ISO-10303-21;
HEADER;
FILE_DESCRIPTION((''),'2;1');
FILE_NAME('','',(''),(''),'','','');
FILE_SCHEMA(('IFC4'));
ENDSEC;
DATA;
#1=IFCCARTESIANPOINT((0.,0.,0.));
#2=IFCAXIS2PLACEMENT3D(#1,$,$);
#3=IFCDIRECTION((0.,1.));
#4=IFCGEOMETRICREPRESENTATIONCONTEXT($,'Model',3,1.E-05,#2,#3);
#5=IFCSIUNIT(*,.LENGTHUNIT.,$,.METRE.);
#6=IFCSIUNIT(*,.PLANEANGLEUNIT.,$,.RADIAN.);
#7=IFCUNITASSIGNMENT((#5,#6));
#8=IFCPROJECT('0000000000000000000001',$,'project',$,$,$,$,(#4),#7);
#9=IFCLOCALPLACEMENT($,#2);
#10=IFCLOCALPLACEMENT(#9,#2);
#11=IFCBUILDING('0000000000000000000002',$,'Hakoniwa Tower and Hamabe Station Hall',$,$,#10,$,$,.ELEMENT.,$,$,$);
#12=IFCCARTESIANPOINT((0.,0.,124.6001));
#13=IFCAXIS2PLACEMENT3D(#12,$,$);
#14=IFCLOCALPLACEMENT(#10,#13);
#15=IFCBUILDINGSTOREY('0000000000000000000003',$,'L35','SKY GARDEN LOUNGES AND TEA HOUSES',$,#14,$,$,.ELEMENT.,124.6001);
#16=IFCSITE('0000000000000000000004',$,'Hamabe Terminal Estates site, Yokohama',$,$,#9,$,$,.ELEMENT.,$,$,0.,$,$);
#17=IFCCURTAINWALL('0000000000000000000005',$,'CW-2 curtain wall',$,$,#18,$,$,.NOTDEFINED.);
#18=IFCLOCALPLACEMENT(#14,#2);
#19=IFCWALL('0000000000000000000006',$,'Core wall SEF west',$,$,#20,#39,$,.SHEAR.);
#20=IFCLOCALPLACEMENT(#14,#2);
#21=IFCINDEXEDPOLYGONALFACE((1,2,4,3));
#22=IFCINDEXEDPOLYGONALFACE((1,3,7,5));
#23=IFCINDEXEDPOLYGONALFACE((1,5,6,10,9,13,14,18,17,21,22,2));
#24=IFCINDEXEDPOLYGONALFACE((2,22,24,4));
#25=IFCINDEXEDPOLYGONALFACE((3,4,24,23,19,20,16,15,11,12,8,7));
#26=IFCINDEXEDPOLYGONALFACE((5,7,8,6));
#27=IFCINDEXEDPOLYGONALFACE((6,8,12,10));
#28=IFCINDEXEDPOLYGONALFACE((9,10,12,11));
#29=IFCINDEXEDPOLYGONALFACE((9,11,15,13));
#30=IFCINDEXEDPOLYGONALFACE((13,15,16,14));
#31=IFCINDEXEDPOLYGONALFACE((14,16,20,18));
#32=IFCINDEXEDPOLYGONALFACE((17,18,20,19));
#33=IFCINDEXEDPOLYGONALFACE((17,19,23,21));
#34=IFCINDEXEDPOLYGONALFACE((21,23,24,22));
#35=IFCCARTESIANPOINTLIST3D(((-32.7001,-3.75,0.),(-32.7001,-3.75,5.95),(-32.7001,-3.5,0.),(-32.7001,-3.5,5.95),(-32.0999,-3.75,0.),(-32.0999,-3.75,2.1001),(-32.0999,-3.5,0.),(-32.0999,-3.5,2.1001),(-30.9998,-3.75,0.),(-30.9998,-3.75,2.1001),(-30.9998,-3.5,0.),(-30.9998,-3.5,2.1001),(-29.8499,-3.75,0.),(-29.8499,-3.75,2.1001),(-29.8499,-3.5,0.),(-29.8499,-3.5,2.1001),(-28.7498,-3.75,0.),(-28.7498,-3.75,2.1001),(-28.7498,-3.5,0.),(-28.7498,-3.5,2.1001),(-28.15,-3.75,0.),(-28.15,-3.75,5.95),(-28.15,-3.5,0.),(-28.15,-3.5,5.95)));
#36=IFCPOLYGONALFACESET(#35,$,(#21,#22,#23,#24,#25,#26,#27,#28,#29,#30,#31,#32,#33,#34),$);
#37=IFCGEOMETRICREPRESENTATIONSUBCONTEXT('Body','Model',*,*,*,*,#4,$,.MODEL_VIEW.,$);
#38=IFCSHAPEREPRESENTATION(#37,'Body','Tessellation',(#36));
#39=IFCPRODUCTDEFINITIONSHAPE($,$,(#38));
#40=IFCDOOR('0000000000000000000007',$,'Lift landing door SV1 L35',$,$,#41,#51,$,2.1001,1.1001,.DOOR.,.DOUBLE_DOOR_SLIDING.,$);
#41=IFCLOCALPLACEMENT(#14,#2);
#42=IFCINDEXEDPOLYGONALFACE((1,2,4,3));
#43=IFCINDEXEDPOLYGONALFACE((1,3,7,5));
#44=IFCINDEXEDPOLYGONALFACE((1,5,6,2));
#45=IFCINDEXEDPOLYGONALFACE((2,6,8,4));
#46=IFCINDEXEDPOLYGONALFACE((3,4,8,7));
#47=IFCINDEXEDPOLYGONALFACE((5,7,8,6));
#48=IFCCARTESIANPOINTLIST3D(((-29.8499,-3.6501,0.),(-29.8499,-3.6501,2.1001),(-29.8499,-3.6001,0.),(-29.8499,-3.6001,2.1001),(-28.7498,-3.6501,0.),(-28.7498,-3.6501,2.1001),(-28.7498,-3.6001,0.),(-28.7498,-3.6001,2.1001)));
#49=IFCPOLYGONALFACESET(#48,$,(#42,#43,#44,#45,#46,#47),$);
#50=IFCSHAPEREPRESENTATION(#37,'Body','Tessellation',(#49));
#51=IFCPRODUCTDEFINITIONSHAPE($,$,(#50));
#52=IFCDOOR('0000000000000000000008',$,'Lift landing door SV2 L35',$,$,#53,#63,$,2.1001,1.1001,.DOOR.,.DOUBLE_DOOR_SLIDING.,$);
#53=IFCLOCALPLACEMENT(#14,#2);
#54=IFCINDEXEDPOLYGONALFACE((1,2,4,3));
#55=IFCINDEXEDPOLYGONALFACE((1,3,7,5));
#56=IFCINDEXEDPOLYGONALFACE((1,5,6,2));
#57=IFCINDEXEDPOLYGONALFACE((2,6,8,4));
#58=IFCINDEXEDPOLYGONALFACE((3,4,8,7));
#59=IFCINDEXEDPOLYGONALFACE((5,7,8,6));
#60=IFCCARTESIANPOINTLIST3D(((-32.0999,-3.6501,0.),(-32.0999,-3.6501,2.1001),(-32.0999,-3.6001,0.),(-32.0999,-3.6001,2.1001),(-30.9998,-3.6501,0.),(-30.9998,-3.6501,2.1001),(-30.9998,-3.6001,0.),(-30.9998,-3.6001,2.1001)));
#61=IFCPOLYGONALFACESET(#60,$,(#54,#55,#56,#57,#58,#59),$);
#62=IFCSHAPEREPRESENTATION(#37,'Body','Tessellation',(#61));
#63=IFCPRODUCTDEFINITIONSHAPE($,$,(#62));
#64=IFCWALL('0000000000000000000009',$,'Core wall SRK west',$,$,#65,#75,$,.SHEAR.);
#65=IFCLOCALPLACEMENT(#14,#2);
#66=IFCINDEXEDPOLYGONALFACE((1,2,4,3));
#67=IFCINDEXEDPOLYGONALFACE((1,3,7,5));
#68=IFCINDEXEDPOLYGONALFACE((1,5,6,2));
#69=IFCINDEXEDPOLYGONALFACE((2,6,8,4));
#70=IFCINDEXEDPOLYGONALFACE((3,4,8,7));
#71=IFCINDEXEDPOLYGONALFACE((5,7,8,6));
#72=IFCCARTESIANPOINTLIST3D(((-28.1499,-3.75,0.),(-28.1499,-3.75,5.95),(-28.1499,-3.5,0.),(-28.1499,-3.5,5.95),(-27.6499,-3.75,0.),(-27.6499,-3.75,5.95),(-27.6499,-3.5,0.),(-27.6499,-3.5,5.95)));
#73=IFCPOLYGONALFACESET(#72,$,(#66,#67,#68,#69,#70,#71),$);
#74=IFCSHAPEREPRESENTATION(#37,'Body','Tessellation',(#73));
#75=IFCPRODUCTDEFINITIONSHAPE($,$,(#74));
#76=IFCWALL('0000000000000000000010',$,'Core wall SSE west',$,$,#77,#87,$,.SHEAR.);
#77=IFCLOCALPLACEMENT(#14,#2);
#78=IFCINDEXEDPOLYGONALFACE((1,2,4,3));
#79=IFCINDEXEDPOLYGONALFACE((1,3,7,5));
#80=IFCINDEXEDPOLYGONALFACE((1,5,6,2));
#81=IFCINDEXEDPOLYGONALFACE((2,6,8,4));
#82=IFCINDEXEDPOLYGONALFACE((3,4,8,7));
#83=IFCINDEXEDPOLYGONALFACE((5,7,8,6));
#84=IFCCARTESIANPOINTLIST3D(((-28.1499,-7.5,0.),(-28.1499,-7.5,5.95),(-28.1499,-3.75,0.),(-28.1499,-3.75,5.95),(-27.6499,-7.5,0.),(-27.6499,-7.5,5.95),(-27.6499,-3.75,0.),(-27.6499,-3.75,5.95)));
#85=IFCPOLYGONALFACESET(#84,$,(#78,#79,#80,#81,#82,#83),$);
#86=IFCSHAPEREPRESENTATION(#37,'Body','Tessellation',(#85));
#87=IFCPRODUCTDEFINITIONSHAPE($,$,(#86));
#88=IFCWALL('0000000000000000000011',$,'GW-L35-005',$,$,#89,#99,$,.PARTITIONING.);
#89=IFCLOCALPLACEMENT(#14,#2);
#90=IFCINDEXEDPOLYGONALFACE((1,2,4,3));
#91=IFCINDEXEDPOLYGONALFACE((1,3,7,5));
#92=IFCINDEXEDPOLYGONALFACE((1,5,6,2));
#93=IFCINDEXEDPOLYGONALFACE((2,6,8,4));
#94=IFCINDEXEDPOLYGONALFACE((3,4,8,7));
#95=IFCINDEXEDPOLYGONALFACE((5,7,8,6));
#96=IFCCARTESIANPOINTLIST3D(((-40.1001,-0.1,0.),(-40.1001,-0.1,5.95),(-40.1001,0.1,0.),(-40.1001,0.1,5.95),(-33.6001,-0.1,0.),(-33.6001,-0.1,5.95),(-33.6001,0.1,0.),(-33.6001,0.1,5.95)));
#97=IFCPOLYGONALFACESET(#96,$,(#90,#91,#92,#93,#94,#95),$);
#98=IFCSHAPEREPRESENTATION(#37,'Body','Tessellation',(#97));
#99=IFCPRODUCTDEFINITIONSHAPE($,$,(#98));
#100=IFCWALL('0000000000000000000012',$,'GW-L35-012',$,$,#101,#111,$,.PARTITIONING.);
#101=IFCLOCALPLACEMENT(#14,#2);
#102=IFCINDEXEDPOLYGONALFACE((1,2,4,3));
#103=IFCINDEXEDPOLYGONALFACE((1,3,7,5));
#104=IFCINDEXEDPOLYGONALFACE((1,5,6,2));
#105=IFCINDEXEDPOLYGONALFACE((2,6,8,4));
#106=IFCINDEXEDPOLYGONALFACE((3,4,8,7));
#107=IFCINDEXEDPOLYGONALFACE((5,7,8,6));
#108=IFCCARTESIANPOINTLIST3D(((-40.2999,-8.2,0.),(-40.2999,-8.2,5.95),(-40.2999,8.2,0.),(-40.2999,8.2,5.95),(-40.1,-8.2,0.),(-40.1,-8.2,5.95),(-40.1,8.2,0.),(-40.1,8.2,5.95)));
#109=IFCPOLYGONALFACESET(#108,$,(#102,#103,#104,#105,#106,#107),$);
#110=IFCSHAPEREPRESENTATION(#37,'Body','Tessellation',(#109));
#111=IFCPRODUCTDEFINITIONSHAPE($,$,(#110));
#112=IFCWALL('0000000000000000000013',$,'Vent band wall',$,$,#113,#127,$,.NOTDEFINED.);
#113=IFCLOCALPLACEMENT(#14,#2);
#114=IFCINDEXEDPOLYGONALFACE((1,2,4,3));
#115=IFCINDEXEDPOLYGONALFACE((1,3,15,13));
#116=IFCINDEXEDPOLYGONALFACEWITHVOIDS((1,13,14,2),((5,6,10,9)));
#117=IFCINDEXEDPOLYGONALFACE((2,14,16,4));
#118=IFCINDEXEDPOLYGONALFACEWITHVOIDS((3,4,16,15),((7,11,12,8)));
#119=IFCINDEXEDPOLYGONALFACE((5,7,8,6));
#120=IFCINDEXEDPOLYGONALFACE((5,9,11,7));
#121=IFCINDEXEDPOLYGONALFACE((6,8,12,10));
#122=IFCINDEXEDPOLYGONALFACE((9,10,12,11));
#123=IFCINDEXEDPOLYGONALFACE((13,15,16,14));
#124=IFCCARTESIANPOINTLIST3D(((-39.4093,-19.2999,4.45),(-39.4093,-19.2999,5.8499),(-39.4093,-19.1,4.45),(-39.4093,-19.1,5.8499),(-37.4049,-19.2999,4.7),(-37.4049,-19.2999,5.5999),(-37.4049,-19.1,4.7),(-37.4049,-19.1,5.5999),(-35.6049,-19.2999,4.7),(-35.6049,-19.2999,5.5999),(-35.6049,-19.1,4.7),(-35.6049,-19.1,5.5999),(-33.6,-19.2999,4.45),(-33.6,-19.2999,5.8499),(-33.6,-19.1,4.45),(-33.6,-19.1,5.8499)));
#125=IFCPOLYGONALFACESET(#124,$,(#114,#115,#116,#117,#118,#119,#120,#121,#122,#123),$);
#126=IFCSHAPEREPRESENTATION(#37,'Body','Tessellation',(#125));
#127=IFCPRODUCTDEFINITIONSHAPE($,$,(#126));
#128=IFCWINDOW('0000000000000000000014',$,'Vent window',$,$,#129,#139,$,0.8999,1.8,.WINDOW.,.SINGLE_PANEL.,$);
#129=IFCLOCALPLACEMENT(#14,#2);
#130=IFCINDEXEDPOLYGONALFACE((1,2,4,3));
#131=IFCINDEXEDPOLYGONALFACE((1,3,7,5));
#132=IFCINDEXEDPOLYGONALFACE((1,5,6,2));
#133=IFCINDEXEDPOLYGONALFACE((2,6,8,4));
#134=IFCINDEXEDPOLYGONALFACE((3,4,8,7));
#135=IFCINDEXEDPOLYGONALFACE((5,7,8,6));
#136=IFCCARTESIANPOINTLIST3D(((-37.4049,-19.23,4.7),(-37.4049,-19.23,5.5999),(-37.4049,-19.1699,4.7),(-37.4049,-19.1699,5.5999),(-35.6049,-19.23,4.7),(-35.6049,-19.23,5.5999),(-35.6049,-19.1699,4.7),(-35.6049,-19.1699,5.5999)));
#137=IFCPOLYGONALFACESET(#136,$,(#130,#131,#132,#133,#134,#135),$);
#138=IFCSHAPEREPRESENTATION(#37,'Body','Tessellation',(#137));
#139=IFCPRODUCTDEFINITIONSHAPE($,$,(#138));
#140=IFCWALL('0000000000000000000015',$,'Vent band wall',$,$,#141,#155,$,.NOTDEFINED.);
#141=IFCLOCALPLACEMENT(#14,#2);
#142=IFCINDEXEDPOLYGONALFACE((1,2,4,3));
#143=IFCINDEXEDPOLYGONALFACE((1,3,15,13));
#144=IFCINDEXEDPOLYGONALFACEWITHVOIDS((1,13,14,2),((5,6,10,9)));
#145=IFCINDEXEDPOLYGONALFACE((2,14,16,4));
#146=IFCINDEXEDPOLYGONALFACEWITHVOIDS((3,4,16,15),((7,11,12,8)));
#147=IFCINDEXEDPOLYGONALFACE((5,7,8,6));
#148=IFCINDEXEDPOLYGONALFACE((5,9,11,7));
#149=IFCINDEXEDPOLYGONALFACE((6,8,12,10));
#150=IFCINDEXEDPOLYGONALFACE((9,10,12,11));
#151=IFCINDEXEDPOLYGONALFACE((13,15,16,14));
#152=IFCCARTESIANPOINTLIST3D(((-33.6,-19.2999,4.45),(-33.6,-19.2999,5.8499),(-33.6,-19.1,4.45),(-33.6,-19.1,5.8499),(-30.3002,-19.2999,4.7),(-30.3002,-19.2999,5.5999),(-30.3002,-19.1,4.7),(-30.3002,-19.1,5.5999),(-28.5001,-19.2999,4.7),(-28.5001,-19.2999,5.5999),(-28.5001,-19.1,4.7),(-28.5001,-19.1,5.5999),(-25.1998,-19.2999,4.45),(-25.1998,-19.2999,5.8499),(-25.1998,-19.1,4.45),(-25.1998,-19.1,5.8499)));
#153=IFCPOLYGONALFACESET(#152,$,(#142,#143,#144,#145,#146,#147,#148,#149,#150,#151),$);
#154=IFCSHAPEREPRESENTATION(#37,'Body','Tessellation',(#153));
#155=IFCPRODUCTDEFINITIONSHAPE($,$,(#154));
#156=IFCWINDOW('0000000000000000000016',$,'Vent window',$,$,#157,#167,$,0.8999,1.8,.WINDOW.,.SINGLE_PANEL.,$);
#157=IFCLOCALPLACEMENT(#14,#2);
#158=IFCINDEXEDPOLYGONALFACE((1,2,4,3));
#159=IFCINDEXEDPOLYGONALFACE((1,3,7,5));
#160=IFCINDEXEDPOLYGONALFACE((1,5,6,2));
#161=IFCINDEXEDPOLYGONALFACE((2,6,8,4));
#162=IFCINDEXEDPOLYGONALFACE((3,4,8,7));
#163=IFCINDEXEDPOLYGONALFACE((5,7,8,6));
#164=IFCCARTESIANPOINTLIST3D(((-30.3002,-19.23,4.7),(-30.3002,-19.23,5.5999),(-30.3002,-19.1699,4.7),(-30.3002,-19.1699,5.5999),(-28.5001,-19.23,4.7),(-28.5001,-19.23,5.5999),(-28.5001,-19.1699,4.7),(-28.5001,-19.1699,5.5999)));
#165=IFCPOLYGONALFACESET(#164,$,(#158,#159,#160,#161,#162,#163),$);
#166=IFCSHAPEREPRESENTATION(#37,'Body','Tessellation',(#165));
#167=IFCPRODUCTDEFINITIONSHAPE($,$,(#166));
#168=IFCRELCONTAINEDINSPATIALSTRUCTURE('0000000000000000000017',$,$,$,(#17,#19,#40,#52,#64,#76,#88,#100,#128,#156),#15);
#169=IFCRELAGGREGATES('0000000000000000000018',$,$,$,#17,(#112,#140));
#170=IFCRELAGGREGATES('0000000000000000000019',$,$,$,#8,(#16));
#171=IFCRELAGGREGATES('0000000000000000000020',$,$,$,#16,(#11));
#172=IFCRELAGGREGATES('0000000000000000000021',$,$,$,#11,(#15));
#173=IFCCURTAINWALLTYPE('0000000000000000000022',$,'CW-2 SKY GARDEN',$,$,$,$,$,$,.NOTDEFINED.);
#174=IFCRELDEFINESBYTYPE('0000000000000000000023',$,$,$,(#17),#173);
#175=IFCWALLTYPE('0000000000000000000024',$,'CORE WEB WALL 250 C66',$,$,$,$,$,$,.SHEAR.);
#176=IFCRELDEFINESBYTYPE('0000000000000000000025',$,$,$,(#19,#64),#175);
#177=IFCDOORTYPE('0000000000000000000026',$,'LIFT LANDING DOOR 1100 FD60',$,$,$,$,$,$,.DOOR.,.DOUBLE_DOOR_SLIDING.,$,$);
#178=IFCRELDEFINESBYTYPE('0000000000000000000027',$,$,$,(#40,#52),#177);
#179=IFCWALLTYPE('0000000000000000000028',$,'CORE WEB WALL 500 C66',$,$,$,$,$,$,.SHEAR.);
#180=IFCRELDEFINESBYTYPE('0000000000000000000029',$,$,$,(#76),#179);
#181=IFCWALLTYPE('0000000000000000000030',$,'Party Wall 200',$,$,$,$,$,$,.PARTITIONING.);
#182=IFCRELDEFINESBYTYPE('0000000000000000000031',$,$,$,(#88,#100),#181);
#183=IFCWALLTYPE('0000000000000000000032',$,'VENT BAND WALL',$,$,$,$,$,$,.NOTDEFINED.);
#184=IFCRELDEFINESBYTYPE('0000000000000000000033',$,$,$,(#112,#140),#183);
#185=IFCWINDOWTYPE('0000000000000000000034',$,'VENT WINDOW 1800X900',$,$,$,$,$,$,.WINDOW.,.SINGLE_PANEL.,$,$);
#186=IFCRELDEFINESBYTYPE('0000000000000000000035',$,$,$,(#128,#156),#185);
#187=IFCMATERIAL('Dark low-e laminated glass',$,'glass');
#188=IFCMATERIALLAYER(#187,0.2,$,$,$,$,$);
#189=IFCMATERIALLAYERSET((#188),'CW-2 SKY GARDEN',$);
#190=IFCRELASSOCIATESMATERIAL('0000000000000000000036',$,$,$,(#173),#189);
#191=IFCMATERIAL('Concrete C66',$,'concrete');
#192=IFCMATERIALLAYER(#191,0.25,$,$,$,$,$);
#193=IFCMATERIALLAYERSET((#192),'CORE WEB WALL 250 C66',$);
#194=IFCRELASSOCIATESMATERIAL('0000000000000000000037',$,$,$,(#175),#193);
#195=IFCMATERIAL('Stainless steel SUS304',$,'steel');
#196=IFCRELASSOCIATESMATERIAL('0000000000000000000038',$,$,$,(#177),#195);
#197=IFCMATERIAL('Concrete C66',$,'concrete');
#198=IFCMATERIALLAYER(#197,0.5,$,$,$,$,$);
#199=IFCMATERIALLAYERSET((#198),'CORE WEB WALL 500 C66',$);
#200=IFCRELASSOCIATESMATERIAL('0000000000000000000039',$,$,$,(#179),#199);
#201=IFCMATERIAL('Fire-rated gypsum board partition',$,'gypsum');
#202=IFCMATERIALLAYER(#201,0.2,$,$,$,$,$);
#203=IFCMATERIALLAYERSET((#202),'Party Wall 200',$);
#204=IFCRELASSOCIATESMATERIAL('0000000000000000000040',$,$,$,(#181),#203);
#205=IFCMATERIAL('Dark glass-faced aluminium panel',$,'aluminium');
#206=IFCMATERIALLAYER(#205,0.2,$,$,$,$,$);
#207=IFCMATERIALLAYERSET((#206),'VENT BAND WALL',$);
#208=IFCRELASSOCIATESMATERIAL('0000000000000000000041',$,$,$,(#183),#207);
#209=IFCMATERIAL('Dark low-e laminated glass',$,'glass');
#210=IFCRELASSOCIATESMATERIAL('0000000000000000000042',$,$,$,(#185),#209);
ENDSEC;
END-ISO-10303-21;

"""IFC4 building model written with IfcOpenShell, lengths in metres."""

from ifc_helpers import new_model, si_unit, direction, frame, frame_2d, origin, place, context, subcontext, project, spatial, rectangle, extrude, material, layer, layer_set, type_object, element, fill, aggregate, save


model = new_model("IFC4")

# Units and contexts
model_context = context("Model", 3, precision=1e-05, world=origin(), true_north=direction((0.0, 1.0)))
body_context = subcontext(model_context, "Body", "Model", "MODEL_VIEW")
ifc_project = project(units=[si_unit("LENGTHUNIT", "METRE"), si_unit("PLANEANGLEUNIT", "RADIAN")], contexts=[model_context])

# Site, building, storey
site_placement = place(None, origin())
site = spatial("IfcSite", under=ifc_project, at=site_placement, Name="Hamabe Terminal Estates site, Yokohama", CompositionType="ELEMENT", RefElevation=0.0)
building_placement = place(site_placement, origin())
building = spatial("IfcBuilding", under=site, at=building_placement, Name="Hakoniwa Tower and Hamabe Station Hall", CompositionType="ELEMENT")
storey_placement = place(building_placement, frame((0.0, 0.0, 124.6001)))
storey = spatial("IfcBuildingStorey", under=building, at=storey_placement, Name="L35", Description="SKY GARDEN LOUNGES AND TEA HOUSES", CompositionType="ELEMENT", Elevation=124.6001)

# Curtain wall
ifc_material_1 = material(Name="Dark low-e laminated glass", Category="glass")
ifc_layer_1 = layer(ifc_material_1, 0.2)
ifc_layer_set_1 = layer_set([ifc_layer_1], Name="CW-2 SKY GARDEN")
curtain_wall_type = type_object("IfcCurtainWallType", Name="CW-2 SKY GARDEN", PredefinedType="NOTDEFINED", material=ifc_layer_set_1)
curtain_wall_placement = place(storey_placement, origin())
curtain_wall = element("IfcCurtainWall", 1, at=curtain_wall_placement, inside=storey, type_object=curtain_wall_type, Name="CW-2 curtain wall", PredefinedType="NOTDEFINED")

# Shared definitions
ifc_material_2 = material(Name="Concrete C66", Category="concrete")
ifc_layer_2 = layer(ifc_material_2, 0.25)
ifc_layer_set_2 = layer_set([ifc_layer_2], Name="CORE WEB WALL 250 C66")
wall_type_1 = type_object("IfcWallType", Name="CORE WEB WALL 250 C66", PredefinedType="SHEAR", material=ifc_layer_set_2)
ifc_material_3 = material(Name="Stainless steel SUS304", Category="steel")
door_type_1 = type_object("IfcDoorType", Name="LIFT LANDING DOOR 1100 FD60", OperationType="DOUBLE_DOOR_SLIDING", PredefinedType="DOOR", material=ifc_material_3)

# Wall, openings, doors
wall_1_placement = place(storey_placement, frame((-32.7, -3.625, 0.0), z_axis=(0.0, 0.0, 1.0), x_axis=(1.0, 0.0, 0.0)))
wall_1 = element("IfcWall", 2, at=wall_1_placement, inside=storey, type_object=wall_type_1, Name="Core wall SEF west", PredefinedType="SHEAR", context=body_context, shape_type="SweptSolid", body=[
    extrude(rectangle(XDim=4.55, YDim=0.25, at=frame_2d((2.2749, 0.0))), origin(), (0.0, 0.0, 1.0), 5.95),
])
opening_1_placement = place(wall_1_placement, frame((2.8501, 0.0, 0.0)))
opening_1 = element("IfcOpeningElement", 3, at=opening_1_placement, cuts=wall_1, PredefinedType="OPENING", context=body_context, shape_type="SweptSolid", body=[
    extrude(rectangle(XDim=1.1001, YDim=2.1001, at=frame_2d((0.55, 1.05))), frame((0.0, 0.135, 0.0), z_axis=(0.0, -1.0, 0.0), x_axis=(1.0, 0.0, 0.0)), (0.0, 0.0, 1.0), 0.27),
])
opening_2_placement = place(wall_1_placement, frame((0.6001, 0.0, 0.0)))
opening_2 = element("IfcOpeningElement", 4, at=opening_2_placement, cuts=wall_1, PredefinedType="OPENING", context=body_context, shape_type="SweptSolid", body=[
    extrude(rectangle(XDim=1.1001, YDim=2.1001, at=frame_2d((0.55, 1.05))), frame((0.0, 0.135, 0.0), z_axis=(0.0, -1.0, 0.0), x_axis=(1.0, 0.0, 0.0)), (0.0, 0.0, 1.0), 0.27),
])
door_1_placement = place(opening_1_placement, origin())
door_1 = element("IfcDoor", 5, at=door_1_placement, inside=storey, type_object=door_type_1, Name="Lift landing door SV1 L35", OperationType="DOUBLE_DOOR_SLIDING", OverallHeight=2.1001, OverallWidth=1.1001, PredefinedType="DOOR", context=body_context, shape_type="SweptSolid", body=[
    extrude(rectangle(XDim=1.1001, YDim=2.1001, at=frame_2d((0.55, 1.05))), frame((0.0, 0.0249, 0.0), z_axis=(0.0, -1.0, 0.0), x_axis=(1.0, 0.0, 0.0)), (0.0, 0.0, 1.0), 0.05),
])
fill(opening_1, door_1)
door_2_placement = place(opening_2_placement, origin())
door_2 = element("IfcDoor", 6, at=door_2_placement, inside=storey, type_object=door_type_1, Name="Lift landing door SV2 L35", OperationType="DOUBLE_DOOR_SLIDING", OverallHeight=2.1001, OverallWidth=1.1001, PredefinedType="DOOR", context=body_context, shape_type="SweptSolid", body=[
    extrude(rectangle(XDim=1.1001, YDim=2.1001, at=frame_2d((0.55, 1.05))), frame((0.0, 0.0249, 0.0), z_axis=(0.0, -1.0, 0.0), x_axis=(1.0, 0.0, 0.0)), (0.0, 0.0, 1.0), 0.05),
])
fill(opening_2, door_2)

# Walls
wall_2_placement = place(storey_placement, frame((-28.1499, -3.625, 0.0), z_axis=(0.0, 0.0, 1.0), x_axis=(1.0, 0.0, 0.0)))
element("IfcWall", 7, at=wall_2_placement, inside=storey, type_object=wall_type_1, Name="Core wall SRK west", PredefinedType="SHEAR", context=body_context, shape_type="SweptSolid", body=[
    extrude(rectangle(XDim=0.5, YDim=0.25, at=frame_2d((0.25, 0.0))), origin(), (0.0, 0.0, 1.0), 5.95),
])
ifc_material_4 = material(Name="Concrete C66", Category="concrete")
ifc_layer_3 = layer(ifc_material_4, 0.5)
ifc_layer_set_3 = layer_set([ifc_layer_3], Name="CORE WEB WALL 500 C66")
wall_type_2 = type_object("IfcWallType", Name="CORE WEB WALL 500 C66", PredefinedType="SHEAR", material=ifc_layer_set_3)
wall_3_placement = place(storey_placement, frame((-27.8999, -7.5, 0.0), z_axis=(0.0, 0.0, 1.0), x_axis=(0.0, 1.0, 0.0)))
element("IfcWall", 8, at=wall_3_placement, inside=storey, type_object=wall_type_2, Name="Core wall SSE west", PredefinedType="SHEAR", context=body_context, shape_type="SweptSolid", body=[
    extrude(rectangle(XDim=3.75, YDim=0.5, at=frame_2d((1.875, 0.0))), origin(), (0.0, 0.0, 1.0), 5.95),
])
ifc_material_5 = material(Name="Fire-rated gypsum board partition", Category="gypsum")
ifc_layer_4 = layer(ifc_material_5, 0.2)
ifc_layer_set_4 = layer_set([ifc_layer_4], Name="Party Wall 200")
wall_type_3 = type_object("IfcWallType", Name="Party Wall 200", PredefinedType="PARTITIONING", material=ifc_layer_set_4)
wall_4_placement = place(storey_placement, frame((-40.1001, 0.0, 0.0), z_axis=(0.0, 0.0, 1.0), x_axis=(1.0, 0.0, 0.0)))
element("IfcWall", 9, at=wall_4_placement, inside=storey, type_object=wall_type_3, Name="GW-L35-005", PredefinedType="PARTITIONING", context=body_context, shape_type="SweptSolid", body=[
    extrude(rectangle(XDim=6.5, YDim=0.2, at=frame_2d((3.25, 0.0))), origin(), (0.0, 0.0, 1.0), 5.95),
])
wall_5_placement = place(storey_placement, frame((-40.2, -8.2, 0.0), z_axis=(0.0, 0.0, 1.0), x_axis=(0.0, 1.0, 0.0)))
element("IfcWall", 10, at=wall_5_placement, inside=storey, type_object=wall_type_3, Name="GW-L35-012", PredefinedType="PARTITIONING", context=body_context, shape_type="SweptSolid", body=[
    extrude(rectangle(XDim=16.3999, YDim=0.2, at=frame_2d((8.2, 0.0))), origin(), (0.0, 0.0, 1.0), 5.95),
])

# Walls, openings, windows
ifc_material_6 = material(Name="Dark glass-faced aluminium panel", Category="aluminium")
ifc_layer_5 = layer(ifc_material_6, 0.2)
ifc_layer_set_5 = layer_set([ifc_layer_5], Name="VENT BAND WALL")
wall_type_4 = type_object("IfcWallType", Name="VENT BAND WALL", PredefinedType="NOTDEFINED", material=ifc_layer_set_5)
wall_6_placement = place(storey_placement, frame((-39.4094, -19.2, 4.45), z_axis=(0.0, 0.0, 1.0), x_axis=(1.0, 0.0, 0.0)))
wall_6 = element("IfcWall", 11, at=wall_6_placement, type_object=wall_type_4, Name="Vent band wall", PredefinedType="NOTDEFINED", context=body_context, shape_type="SweptSolid", body=[
    extrude(rectangle(XDim=5.8093, YDim=0.2, at=frame_2d((2.9048, 0.0))), origin(), (0.0, 0.0, 1.0), 1.3999),
])
opening_3_placement = place(wall_6_placement, frame((2.0046, 0.0, 0.25)))
opening_3 = element("IfcOpeningElement", 12, at=opening_3_placement, cuts=wall_6, PredefinedType="OPENING", context=body_context, shape_type="SweptSolid", body=[
    extrude(rectangle(XDim=1.8, YDim=0.8999, at=frame_2d((0.8999, 0.45))), frame((0.0, 0.1099, 0.0), z_axis=(0.0, -1.0, 0.0), x_axis=(1.0, 0.0, 0.0)), (0.0, 0.0, 1.0), 0.22),
])
ifc_material_7 = material(Name="Dark low-e laminated glass", Category="glass")
window_type = type_object("IfcWindowType", Name="VENT WINDOW 1800X900", PartitioningType="SINGLE_PANEL", PredefinedType="WINDOW", material=ifc_material_7)
window_1_placement = place(opening_3_placement, origin())
window_1 = element("IfcWindow", 13, at=window_1_placement, inside=storey, type_object=window_type, Name="Vent window", OverallHeight=0.8999, OverallWidth=1.8, PartitioningType="SINGLE_PANEL", PredefinedType="WINDOW", context=body_context, shape_type="SweptSolid", body=[
    extrude(rectangle(XDim=1.8, YDim=0.8999, at=frame_2d((0.8999, 0.45))), frame((0.0, 0.03, 0.0), z_axis=(0.0, -1.0, 0.0), x_axis=(1.0, 0.0, 0.0)), (0.0, 0.0, 1.0), 0.0601),
])
fill(opening_3, window_1)
wall_7_placement = place(storey_placement, frame((-33.6001, -19.2, 4.45), z_axis=(0.0, 0.0, 1.0), x_axis=(1.0, 0.0, 0.0)))
wall_7 = element("IfcWall", 14, at=wall_7_placement, type_object=wall_type_4, Name="Vent band wall", PredefinedType="NOTDEFINED", context=body_context, shape_type="SweptSolid", body=[
    extrude(rectangle(XDim=8.4001, YDim=0.2, at=frame_2d((4.2002, 0.0))), origin(), (0.0, 0.0, 1.0), 1.3999),
])
opening_4_placement = place(wall_7_placement, frame((3.3, 0.0, 0.25)))
opening_4 = element("IfcOpeningElement", 15, at=opening_4_placement, cuts=wall_7, PredefinedType="OPENING", context=body_context, shape_type="SweptSolid", body=[
    extrude(rectangle(XDim=1.8, YDim=0.8999, at=frame_2d((0.8999, 0.45))), frame((0.0, 0.1099, 0.0), z_axis=(0.0, -1.0, 0.0), x_axis=(1.0, 0.0, 0.0)), (0.0, 0.0, 1.0), 0.22),
])
window_2_placement = place(opening_4_placement, origin())
window_2 = element("IfcWindow", 16, at=window_2_placement, inside=storey, type_object=window_type, Name="Vent window", OverallHeight=0.8999, OverallWidth=1.8, PartitioningType="SINGLE_PANEL", PredefinedType="WINDOW", context=body_context, shape_type="SweptSolid", body=[
    extrude(rectangle(XDim=1.8, YDim=0.8999, at=frame_2d((0.8999, 0.45))), frame((0.0, 0.03, 0.0), z_axis=(0.0, -1.0, 0.0), x_axis=(1.0, 0.0, 0.0)), (0.0, 0.0, 1.0), 0.0601),
])
fill(opening_4, window_2)
aggregate(curtain_wall, [wall_6, wall_7])

save(model, "model.ifc")
